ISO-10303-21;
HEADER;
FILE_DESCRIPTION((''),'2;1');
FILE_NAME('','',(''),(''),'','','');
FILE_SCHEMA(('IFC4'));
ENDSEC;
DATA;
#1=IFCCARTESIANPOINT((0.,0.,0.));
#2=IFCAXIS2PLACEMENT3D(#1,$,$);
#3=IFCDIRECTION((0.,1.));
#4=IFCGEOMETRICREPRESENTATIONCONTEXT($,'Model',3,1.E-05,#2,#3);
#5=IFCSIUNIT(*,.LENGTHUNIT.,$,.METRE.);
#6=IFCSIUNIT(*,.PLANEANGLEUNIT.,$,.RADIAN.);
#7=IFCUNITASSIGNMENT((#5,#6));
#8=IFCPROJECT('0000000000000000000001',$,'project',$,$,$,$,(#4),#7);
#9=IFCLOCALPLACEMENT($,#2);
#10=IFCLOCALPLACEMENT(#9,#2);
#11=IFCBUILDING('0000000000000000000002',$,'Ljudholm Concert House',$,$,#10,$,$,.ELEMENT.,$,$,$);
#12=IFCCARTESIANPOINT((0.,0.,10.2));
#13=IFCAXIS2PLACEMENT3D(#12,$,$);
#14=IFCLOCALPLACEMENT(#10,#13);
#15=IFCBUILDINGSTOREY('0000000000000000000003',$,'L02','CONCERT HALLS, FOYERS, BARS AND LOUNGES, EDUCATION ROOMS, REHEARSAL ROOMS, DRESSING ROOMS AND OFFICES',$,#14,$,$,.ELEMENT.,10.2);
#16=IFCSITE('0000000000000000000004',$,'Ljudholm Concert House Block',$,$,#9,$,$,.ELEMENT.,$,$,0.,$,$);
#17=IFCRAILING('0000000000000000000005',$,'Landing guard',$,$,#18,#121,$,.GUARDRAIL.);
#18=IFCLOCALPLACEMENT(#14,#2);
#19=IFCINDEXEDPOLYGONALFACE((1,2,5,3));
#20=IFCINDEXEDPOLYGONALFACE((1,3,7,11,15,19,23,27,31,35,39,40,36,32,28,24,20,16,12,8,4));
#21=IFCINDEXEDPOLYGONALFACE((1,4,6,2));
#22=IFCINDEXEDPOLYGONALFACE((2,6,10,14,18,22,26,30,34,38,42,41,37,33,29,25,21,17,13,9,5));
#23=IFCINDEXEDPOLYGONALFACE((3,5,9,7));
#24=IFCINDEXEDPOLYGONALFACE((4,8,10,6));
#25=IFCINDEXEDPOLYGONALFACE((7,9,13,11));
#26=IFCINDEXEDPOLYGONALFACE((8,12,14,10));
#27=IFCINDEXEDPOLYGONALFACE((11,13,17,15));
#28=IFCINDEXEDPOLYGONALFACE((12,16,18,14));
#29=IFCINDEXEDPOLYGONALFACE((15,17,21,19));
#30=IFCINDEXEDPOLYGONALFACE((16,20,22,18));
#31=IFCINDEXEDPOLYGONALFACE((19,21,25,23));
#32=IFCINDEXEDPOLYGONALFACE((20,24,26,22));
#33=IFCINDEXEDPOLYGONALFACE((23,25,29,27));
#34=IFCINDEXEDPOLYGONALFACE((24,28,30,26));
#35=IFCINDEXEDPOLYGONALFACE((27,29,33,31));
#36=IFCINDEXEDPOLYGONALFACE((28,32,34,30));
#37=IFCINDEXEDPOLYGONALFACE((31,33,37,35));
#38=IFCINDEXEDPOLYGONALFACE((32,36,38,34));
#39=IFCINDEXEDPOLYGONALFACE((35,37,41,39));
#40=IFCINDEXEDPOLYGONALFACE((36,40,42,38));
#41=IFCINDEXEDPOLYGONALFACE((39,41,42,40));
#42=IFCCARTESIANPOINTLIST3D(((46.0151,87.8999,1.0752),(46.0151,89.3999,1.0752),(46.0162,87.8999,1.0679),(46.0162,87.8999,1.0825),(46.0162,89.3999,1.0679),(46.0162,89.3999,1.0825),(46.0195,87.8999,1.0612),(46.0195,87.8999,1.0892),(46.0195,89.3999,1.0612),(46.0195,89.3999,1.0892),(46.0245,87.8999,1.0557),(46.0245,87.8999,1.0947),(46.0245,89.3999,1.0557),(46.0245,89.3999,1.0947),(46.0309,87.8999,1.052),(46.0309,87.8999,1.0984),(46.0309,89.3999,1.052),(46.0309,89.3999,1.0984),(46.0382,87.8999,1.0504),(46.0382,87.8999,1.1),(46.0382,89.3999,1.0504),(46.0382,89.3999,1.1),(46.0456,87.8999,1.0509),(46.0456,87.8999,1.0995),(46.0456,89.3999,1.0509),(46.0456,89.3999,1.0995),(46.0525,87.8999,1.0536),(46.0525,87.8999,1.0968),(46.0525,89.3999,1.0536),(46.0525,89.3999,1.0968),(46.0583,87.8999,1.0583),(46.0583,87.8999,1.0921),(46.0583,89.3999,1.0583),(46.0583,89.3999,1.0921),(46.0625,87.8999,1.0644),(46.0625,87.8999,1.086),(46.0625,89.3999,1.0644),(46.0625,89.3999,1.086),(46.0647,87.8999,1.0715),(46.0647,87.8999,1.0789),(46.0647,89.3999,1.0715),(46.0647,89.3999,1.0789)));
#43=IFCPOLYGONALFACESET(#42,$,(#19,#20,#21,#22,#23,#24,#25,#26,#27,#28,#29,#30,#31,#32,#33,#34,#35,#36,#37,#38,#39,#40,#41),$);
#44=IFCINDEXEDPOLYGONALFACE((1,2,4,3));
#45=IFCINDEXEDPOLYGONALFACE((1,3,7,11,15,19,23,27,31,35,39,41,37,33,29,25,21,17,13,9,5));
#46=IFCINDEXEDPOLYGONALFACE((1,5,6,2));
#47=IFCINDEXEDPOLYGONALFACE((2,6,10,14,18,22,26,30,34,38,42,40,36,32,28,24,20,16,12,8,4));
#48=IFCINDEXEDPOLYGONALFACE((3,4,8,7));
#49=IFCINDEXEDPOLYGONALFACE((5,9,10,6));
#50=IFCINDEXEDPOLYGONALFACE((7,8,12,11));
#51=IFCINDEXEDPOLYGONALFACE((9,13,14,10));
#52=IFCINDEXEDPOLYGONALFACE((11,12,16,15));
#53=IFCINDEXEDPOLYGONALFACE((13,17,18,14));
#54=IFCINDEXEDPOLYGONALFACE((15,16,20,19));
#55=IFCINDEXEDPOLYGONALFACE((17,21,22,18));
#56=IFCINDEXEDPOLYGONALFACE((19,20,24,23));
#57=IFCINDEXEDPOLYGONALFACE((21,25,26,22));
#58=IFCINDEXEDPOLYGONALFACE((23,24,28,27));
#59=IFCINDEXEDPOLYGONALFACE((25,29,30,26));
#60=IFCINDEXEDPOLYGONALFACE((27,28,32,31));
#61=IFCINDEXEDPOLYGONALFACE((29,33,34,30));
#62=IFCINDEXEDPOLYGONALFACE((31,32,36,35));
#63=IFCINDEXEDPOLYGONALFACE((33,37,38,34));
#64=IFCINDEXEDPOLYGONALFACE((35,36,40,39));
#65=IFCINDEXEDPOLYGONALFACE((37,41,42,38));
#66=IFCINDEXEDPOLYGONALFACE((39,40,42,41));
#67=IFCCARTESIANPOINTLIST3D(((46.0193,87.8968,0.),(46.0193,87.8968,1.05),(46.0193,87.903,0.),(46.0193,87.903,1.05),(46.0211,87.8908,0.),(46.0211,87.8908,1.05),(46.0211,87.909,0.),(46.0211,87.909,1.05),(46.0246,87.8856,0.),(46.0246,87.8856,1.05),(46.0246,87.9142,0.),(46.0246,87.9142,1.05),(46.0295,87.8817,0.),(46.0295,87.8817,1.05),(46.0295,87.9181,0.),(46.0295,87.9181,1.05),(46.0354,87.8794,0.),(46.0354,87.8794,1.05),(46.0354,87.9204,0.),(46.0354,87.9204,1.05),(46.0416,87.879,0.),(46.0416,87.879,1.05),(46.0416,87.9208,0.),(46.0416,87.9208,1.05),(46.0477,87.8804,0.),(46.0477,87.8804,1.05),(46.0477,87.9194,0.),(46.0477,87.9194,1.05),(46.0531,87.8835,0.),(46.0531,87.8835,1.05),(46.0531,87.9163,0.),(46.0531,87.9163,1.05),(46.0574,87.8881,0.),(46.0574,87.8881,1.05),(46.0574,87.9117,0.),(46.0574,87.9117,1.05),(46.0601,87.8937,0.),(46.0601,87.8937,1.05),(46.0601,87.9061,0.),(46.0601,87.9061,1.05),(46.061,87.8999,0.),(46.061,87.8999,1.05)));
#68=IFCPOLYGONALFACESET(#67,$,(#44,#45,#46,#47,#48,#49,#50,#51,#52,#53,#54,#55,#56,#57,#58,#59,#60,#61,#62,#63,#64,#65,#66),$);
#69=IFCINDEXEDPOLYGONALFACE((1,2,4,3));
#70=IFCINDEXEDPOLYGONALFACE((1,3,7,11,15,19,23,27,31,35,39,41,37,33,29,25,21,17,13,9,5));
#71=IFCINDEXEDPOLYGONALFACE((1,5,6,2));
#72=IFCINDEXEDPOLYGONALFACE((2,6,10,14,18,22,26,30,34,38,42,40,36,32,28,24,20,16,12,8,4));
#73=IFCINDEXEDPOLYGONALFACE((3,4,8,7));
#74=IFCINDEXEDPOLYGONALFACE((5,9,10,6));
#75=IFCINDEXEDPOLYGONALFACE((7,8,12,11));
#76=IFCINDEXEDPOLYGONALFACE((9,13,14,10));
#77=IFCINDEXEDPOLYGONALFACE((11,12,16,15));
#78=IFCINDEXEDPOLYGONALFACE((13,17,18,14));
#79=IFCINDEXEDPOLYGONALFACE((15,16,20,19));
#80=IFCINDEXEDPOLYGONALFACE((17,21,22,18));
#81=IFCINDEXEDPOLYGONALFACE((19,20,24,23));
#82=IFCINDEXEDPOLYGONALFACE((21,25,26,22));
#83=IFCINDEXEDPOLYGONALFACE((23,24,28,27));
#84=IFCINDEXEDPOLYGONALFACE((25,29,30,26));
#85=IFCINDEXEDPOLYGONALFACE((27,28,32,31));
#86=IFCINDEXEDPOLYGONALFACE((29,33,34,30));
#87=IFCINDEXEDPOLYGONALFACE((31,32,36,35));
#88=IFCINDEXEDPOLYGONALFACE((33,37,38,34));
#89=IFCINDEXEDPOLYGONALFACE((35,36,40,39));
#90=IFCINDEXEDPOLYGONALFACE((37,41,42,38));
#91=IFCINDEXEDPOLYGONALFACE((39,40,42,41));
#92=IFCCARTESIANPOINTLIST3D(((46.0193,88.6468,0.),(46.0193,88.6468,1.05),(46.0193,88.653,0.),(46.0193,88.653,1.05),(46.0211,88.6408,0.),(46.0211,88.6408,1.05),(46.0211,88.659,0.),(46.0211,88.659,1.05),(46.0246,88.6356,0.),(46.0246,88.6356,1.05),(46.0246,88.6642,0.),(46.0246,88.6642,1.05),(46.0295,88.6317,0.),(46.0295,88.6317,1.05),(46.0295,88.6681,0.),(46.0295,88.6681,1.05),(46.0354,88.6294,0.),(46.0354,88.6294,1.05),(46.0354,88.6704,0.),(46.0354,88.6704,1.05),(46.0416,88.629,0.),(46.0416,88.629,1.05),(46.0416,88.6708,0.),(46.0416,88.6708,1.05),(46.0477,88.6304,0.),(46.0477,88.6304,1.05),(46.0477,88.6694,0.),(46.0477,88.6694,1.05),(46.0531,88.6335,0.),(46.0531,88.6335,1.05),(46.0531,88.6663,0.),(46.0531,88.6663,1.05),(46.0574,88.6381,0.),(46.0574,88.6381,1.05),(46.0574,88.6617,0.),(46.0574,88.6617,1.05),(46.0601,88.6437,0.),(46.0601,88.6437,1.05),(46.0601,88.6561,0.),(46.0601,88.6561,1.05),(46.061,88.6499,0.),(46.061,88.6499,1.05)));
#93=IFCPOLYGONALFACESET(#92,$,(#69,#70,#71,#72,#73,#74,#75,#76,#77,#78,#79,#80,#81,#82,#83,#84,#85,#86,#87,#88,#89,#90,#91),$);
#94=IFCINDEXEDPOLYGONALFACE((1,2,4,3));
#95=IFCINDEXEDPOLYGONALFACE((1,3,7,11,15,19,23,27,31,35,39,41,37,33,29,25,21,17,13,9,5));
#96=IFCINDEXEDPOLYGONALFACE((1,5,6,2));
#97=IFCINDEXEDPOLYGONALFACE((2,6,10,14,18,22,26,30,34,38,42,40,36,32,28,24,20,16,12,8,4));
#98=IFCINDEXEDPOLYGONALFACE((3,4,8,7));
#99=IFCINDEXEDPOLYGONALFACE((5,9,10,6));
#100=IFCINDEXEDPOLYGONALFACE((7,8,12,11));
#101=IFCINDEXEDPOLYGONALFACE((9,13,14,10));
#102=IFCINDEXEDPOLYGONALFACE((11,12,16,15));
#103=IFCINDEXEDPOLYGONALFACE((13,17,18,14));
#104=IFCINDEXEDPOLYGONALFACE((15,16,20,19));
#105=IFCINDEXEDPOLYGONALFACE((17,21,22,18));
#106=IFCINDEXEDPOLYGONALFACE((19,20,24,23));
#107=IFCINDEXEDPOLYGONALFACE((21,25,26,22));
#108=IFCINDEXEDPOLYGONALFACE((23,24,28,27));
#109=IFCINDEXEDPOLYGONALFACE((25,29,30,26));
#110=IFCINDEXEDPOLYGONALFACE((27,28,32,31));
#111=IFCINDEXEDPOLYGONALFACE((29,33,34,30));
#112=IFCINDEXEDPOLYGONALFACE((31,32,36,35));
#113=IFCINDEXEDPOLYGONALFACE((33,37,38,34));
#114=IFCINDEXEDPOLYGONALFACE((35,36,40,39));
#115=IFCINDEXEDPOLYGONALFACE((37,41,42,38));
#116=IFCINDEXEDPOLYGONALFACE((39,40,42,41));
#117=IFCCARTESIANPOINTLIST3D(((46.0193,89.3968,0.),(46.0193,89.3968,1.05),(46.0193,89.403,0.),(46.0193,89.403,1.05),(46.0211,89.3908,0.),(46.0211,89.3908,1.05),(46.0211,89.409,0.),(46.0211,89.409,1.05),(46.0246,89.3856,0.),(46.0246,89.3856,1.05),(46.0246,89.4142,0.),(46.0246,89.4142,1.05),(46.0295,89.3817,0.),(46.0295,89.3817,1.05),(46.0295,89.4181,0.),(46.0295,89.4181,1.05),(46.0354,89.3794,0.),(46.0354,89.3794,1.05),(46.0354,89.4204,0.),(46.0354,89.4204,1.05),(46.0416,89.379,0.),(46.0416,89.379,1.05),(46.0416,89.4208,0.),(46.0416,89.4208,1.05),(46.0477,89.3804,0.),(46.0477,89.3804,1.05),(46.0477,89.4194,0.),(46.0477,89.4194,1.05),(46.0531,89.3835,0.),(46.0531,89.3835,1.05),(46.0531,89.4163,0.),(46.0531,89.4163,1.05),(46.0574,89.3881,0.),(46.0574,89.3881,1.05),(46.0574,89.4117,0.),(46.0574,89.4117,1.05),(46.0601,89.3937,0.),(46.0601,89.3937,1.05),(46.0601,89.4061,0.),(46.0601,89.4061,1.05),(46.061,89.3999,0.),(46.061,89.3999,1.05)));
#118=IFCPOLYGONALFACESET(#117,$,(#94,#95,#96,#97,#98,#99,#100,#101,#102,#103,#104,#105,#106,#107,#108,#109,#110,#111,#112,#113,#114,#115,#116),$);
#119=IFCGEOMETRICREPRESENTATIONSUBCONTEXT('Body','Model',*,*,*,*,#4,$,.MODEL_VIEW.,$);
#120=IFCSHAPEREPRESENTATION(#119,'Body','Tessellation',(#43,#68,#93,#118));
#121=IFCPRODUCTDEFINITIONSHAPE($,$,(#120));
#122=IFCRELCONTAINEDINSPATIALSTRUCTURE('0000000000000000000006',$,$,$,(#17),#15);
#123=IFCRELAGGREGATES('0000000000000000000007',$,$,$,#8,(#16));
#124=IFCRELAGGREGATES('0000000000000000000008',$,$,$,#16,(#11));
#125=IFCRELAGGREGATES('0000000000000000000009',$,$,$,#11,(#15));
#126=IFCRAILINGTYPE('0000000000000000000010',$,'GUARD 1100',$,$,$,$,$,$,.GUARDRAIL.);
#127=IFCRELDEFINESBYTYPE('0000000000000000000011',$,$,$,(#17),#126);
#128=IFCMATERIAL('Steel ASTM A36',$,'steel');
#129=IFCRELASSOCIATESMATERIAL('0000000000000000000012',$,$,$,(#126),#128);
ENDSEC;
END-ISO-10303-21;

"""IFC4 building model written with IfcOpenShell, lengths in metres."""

from ifc_helpers import new_model, si_unit, direction, frame, origin, origin_2d, place, context, subcontext, project, spatial, circle, extrude, material, type_object, element, save


model = new_model("IFC4")

# Units and contexts
model_context = context("Model", 3, precision=1e-05, world=origin(), true_north=direction((0.0, 1.0)))
body_context = subcontext(model_context, "Body", "Model", "MODEL_VIEW")
ifc_project = project(units=[si_unit("LENGTHUNIT", "METRE"), si_unit("PLANEANGLEUNIT", "RADIAN")], contexts=[model_context])

# Site, building, storey
site_placement = place(None, origin())
site = spatial("IfcSite", under=ifc_project, at=site_placement, Name="Ljudholm Concert House Block", CompositionType="ELEMENT", RefElevation=0.0)
building_placement = place(site_placement, origin())
building = spatial("IfcBuilding", under=site, at=building_placement, Name="Ljudholm Concert House", CompositionType="ELEMENT")
storey_placement = place(building_placement, frame((0.0, 0.0, 10.2)))
storey = spatial("IfcBuildingStorey", under=building, at=storey_placement, Name="L02", Description="CONCERT HALLS, FOYERS, BARS AND LOUNGES, EDUCATION ROOMS, REHEARSAL ROOMS, DRESSING ROOMS AND OFFICES", CompositionType="ELEMENT", Elevation=10.2)

# Railing
ifc_material_1 = material(Name="Steel ASTM A36", Category="steel")
railing_type = type_object("IfcRailingType", Name="GUARD 1100", PredefinedType="GUARDRAIL", material=ifc_material_1)
railing_placement = place(storey_placement, frame((46.04, 87.8999, 0.0)))
element("IfcRailing", 1, at=railing_placement, inside=storey, type_object=railing_type, Name="Landing guard", PredefinedType="GUARDRAIL", context=body_context, shape_type="SweptSolid", body=[
    extrude(circle(Radius=0.0249, at=origin_2d()), frame((0.0, 0.0, 1.0752), z_axis=(0.0, 1.0, 0.0), x_axis=(-1.0, 0.0, 0.0)), (0.0, 0.0, 1.0), 1.5),
    extrude(circle(Radius=0.021, at=origin_2d()), origin(), (0.0, 0.0, 1.0), 1.05),
    extrude(circle(Radius=0.021, at=origin_2d()), frame((0.0, 0.75, 0.0)), (0.0, 0.0, 1.0), 1.05),
    extrude(circle(Radius=0.021, at=origin_2d()), frame((0.0, 1.5, 0.0)), (0.0, 0.0, 1.0), 1.05),
])

save(model, "model.ifc")
